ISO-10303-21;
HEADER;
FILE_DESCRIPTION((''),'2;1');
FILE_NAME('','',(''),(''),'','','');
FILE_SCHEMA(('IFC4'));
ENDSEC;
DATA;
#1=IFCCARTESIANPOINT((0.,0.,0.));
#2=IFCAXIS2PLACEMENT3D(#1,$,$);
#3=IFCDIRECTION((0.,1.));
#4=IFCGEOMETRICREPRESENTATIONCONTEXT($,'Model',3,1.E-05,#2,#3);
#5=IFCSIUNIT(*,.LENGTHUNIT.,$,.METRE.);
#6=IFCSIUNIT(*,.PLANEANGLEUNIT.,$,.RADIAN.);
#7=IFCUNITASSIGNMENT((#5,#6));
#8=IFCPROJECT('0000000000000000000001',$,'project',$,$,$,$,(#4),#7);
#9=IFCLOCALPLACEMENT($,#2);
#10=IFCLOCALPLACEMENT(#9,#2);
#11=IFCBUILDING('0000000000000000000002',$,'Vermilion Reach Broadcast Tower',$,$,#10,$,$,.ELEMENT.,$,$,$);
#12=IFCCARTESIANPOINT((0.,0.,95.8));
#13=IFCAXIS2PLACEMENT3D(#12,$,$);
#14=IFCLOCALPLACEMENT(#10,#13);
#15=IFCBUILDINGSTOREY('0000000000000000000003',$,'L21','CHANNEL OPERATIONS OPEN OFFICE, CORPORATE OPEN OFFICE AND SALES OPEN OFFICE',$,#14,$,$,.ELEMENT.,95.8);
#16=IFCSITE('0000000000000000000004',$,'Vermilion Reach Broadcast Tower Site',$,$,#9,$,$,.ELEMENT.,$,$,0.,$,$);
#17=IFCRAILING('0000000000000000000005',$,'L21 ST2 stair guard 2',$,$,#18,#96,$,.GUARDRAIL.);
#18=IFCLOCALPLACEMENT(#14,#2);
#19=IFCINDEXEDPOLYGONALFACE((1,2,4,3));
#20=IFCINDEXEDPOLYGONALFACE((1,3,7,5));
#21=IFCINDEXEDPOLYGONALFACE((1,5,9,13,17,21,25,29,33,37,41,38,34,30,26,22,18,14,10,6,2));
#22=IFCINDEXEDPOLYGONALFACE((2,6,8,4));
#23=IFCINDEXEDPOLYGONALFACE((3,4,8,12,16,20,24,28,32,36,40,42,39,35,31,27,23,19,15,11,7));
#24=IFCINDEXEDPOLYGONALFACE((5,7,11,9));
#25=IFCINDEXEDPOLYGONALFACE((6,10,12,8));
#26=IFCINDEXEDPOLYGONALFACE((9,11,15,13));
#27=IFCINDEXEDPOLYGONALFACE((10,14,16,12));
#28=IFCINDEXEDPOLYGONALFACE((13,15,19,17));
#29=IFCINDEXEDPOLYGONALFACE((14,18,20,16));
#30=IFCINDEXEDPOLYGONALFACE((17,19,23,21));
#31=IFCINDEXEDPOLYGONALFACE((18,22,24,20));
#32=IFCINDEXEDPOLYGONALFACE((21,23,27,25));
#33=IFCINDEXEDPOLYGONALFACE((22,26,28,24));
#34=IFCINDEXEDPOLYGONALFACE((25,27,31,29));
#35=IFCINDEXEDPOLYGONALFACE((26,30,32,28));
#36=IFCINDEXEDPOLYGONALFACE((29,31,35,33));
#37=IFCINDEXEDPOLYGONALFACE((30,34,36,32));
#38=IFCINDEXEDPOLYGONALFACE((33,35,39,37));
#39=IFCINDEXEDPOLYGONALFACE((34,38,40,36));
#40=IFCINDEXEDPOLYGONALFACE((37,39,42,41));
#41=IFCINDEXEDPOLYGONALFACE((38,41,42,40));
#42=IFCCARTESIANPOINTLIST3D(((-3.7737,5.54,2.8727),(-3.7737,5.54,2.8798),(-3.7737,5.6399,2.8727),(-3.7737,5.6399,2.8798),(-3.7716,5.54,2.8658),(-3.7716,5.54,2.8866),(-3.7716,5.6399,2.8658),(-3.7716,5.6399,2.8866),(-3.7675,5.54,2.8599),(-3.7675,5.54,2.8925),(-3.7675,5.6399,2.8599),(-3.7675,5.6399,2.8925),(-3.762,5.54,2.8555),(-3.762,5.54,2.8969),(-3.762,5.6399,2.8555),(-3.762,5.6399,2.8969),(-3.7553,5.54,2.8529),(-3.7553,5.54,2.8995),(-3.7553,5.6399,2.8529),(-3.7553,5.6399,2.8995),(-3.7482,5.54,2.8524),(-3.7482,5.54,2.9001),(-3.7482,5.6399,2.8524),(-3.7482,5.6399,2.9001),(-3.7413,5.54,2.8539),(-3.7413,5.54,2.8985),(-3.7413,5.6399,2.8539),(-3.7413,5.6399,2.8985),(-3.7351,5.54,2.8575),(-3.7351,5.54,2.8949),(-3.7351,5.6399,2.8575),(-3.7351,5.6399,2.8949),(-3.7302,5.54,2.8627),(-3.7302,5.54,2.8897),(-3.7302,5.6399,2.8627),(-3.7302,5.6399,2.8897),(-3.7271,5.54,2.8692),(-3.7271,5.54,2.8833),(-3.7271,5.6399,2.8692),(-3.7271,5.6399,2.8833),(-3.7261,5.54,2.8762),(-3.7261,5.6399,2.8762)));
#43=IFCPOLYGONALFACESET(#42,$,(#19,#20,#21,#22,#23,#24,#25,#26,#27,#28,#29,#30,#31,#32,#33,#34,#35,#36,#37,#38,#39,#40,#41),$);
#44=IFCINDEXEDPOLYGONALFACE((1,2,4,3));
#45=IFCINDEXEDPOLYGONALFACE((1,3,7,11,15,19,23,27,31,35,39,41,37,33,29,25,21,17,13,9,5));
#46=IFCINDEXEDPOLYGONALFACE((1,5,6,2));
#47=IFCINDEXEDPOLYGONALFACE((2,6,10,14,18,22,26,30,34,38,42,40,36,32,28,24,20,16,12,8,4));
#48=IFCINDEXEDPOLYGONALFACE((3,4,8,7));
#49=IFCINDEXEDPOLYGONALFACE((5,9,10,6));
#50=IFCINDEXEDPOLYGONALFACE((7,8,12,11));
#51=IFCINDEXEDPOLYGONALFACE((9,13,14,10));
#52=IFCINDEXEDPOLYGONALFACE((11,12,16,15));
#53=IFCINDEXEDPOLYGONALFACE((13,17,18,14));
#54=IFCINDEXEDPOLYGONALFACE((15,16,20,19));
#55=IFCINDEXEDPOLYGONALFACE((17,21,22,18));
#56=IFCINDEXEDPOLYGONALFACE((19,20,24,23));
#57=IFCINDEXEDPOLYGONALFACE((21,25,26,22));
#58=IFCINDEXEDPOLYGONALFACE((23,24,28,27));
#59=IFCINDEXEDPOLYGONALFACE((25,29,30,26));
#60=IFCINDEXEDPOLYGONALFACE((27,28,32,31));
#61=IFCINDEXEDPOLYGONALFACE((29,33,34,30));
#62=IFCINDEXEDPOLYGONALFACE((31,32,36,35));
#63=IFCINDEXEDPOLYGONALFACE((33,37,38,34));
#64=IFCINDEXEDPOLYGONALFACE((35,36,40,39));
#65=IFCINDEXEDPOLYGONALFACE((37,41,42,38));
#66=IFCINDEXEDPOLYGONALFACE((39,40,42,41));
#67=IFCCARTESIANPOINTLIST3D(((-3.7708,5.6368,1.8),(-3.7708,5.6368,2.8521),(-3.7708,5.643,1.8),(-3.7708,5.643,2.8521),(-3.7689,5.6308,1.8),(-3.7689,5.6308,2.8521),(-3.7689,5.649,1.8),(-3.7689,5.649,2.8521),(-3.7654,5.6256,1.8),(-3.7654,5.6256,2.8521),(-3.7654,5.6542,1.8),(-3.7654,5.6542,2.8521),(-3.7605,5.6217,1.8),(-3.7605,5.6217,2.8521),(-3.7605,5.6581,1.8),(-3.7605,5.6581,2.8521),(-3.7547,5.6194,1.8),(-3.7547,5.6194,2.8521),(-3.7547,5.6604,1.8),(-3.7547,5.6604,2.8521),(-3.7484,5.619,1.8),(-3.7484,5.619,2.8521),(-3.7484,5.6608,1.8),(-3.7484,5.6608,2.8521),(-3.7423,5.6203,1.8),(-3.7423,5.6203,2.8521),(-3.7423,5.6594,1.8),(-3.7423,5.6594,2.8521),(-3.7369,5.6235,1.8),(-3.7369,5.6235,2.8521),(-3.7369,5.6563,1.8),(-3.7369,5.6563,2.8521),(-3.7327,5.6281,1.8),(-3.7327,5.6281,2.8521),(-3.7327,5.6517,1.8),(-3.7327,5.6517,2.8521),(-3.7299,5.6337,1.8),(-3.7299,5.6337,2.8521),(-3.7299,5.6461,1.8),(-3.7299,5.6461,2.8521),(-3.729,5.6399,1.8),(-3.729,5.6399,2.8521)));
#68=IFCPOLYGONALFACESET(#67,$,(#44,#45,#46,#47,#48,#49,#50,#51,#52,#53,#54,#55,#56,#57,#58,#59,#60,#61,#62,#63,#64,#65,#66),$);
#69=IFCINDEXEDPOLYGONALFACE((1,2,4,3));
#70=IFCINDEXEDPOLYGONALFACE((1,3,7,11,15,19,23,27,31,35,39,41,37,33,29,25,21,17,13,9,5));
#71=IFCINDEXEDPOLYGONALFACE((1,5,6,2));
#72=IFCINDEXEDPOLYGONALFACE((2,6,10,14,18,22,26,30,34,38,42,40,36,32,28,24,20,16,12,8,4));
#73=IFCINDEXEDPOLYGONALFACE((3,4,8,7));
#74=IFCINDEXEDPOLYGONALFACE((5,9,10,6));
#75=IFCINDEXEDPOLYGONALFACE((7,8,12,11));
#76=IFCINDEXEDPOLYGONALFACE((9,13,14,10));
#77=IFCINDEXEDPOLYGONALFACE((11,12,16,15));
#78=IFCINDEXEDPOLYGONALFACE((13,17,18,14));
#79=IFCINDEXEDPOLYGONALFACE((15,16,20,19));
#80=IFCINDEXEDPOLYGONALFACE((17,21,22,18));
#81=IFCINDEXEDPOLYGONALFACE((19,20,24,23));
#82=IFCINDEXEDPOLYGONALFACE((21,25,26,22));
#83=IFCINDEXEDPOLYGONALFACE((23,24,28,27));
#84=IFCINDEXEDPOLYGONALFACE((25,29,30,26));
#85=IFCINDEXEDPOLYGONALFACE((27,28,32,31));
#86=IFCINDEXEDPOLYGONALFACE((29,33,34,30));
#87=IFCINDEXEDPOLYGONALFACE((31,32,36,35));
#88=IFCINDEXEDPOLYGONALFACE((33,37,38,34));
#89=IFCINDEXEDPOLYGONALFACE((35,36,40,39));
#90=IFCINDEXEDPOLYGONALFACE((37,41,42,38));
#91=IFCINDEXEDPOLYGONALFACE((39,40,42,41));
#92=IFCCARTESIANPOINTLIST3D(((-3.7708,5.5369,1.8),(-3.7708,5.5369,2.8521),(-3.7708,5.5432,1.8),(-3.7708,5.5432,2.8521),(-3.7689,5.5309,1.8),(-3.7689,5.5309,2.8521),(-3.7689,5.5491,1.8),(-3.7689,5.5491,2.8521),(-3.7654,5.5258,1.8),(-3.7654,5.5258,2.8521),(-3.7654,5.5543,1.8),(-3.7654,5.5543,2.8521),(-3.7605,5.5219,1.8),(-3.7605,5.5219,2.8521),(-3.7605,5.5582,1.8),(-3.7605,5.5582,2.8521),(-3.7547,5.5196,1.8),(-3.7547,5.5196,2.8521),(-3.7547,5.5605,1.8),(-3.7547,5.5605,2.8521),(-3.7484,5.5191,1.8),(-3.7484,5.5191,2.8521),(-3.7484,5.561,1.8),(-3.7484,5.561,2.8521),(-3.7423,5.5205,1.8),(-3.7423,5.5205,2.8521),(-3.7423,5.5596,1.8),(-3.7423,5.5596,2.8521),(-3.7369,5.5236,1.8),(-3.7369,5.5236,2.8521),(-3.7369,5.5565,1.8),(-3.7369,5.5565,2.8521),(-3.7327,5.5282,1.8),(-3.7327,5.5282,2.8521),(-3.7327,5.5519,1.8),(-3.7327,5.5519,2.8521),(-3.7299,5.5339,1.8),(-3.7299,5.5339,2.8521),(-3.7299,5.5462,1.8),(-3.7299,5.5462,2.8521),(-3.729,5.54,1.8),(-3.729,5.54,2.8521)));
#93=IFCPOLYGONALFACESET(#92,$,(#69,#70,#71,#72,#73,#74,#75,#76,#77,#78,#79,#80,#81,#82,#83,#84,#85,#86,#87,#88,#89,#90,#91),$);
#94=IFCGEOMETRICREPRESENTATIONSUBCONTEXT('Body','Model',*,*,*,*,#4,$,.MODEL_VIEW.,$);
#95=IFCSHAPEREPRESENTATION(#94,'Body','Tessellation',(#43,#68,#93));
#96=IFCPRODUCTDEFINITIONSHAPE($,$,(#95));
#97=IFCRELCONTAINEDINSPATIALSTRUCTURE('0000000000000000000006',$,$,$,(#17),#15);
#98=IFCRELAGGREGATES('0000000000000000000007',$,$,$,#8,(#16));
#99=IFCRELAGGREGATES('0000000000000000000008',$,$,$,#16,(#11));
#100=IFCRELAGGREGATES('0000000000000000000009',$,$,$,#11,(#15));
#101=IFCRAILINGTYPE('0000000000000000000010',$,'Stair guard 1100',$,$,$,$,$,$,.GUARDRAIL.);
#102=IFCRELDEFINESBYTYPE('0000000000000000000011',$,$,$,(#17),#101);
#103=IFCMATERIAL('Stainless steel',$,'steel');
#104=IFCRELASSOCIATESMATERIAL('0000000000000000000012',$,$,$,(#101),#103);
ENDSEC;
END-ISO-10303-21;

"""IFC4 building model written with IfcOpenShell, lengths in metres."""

from ifc_helpers import new_model, si_unit, direction, frame, origin, origin_2d, place, context, subcontext, project, spatial, circle, extrude, material, type_object, element, save


model = new_model("IFC4")

# Units and contexts
model_context = context("Model", 3, precision=1e-05, world=origin(), true_north=direction((0.0, 1.0)))
body_context = subcontext(model_context, "Body", "Model", "MODEL_VIEW")
ifc_project = project(units=[si_unit("LENGTHUNIT", "METRE"), si_unit("PLANEANGLEUNIT", "RADIAN")], contexts=[model_context])

# Site, building, storey
site_placement = place(None, origin())
site = spatial("IfcSite", under=ifc_project, at=site_placement, Name="Vermilion Reach Broadcast Tower Site", CompositionType="ELEMENT", RefElevation=0.0)
building_placement = place(site_placement, origin())
building = spatial("IfcBuilding", under=site, at=building_placement, Name="Vermilion Reach Broadcast Tower", CompositionType="ELEMENT")
storey_placement = place(building_placement, frame((0.0, 0.0, 95.8)))
storey = spatial("IfcBuildingStorey", under=building, at=storey_placement, Name="L21", Description="CHANNEL OPERATIONS OPEN OFFICE, CORPORATE OPEN OFFICE AND SALES OPEN OFFICE", CompositionType="ELEMENT", Elevation=95.8)

# Railing
ifc_material_1 = material(Name="Stainless steel", Category="steel")
railing_type_1 = type_object("IfcRailingType", Name="Stair guard 1100", PredefinedType="GUARDRAIL", material=ifc_material_1)
railing_1_placement = place(storey_placement, frame((-3.75, 5.6399, 1.8)))
element("IfcRailing", 1, at=railing_1_placement, inside=storey, type_object=railing_type_1, Name="L21 ST2 stair guard 2", PredefinedType="GUARDRAIL", context=body_context, shape_type="SweptSolid", body=[
    extrude(circle(Radius=0.0239, at=origin_2d()), frame((0.0, 0.0, 1.0762), z_axis=(0.0, -1.0, 0.0), x_axis=(1.0, 0.0, 0.0)), (0.0, 0.0, 1.0), 0.0999),
    extrude(circle(Radius=0.021, at=origin_2d()), origin(), (0.0, 0.0, 1.0), 1.052),
    extrude(circle(Radius=0.021, at=origin_2d()), frame((0.0, -0.0999, 0.0)), (0.0, 0.0, 1.0), 1.052),
])

save(model, "model.ifc")
